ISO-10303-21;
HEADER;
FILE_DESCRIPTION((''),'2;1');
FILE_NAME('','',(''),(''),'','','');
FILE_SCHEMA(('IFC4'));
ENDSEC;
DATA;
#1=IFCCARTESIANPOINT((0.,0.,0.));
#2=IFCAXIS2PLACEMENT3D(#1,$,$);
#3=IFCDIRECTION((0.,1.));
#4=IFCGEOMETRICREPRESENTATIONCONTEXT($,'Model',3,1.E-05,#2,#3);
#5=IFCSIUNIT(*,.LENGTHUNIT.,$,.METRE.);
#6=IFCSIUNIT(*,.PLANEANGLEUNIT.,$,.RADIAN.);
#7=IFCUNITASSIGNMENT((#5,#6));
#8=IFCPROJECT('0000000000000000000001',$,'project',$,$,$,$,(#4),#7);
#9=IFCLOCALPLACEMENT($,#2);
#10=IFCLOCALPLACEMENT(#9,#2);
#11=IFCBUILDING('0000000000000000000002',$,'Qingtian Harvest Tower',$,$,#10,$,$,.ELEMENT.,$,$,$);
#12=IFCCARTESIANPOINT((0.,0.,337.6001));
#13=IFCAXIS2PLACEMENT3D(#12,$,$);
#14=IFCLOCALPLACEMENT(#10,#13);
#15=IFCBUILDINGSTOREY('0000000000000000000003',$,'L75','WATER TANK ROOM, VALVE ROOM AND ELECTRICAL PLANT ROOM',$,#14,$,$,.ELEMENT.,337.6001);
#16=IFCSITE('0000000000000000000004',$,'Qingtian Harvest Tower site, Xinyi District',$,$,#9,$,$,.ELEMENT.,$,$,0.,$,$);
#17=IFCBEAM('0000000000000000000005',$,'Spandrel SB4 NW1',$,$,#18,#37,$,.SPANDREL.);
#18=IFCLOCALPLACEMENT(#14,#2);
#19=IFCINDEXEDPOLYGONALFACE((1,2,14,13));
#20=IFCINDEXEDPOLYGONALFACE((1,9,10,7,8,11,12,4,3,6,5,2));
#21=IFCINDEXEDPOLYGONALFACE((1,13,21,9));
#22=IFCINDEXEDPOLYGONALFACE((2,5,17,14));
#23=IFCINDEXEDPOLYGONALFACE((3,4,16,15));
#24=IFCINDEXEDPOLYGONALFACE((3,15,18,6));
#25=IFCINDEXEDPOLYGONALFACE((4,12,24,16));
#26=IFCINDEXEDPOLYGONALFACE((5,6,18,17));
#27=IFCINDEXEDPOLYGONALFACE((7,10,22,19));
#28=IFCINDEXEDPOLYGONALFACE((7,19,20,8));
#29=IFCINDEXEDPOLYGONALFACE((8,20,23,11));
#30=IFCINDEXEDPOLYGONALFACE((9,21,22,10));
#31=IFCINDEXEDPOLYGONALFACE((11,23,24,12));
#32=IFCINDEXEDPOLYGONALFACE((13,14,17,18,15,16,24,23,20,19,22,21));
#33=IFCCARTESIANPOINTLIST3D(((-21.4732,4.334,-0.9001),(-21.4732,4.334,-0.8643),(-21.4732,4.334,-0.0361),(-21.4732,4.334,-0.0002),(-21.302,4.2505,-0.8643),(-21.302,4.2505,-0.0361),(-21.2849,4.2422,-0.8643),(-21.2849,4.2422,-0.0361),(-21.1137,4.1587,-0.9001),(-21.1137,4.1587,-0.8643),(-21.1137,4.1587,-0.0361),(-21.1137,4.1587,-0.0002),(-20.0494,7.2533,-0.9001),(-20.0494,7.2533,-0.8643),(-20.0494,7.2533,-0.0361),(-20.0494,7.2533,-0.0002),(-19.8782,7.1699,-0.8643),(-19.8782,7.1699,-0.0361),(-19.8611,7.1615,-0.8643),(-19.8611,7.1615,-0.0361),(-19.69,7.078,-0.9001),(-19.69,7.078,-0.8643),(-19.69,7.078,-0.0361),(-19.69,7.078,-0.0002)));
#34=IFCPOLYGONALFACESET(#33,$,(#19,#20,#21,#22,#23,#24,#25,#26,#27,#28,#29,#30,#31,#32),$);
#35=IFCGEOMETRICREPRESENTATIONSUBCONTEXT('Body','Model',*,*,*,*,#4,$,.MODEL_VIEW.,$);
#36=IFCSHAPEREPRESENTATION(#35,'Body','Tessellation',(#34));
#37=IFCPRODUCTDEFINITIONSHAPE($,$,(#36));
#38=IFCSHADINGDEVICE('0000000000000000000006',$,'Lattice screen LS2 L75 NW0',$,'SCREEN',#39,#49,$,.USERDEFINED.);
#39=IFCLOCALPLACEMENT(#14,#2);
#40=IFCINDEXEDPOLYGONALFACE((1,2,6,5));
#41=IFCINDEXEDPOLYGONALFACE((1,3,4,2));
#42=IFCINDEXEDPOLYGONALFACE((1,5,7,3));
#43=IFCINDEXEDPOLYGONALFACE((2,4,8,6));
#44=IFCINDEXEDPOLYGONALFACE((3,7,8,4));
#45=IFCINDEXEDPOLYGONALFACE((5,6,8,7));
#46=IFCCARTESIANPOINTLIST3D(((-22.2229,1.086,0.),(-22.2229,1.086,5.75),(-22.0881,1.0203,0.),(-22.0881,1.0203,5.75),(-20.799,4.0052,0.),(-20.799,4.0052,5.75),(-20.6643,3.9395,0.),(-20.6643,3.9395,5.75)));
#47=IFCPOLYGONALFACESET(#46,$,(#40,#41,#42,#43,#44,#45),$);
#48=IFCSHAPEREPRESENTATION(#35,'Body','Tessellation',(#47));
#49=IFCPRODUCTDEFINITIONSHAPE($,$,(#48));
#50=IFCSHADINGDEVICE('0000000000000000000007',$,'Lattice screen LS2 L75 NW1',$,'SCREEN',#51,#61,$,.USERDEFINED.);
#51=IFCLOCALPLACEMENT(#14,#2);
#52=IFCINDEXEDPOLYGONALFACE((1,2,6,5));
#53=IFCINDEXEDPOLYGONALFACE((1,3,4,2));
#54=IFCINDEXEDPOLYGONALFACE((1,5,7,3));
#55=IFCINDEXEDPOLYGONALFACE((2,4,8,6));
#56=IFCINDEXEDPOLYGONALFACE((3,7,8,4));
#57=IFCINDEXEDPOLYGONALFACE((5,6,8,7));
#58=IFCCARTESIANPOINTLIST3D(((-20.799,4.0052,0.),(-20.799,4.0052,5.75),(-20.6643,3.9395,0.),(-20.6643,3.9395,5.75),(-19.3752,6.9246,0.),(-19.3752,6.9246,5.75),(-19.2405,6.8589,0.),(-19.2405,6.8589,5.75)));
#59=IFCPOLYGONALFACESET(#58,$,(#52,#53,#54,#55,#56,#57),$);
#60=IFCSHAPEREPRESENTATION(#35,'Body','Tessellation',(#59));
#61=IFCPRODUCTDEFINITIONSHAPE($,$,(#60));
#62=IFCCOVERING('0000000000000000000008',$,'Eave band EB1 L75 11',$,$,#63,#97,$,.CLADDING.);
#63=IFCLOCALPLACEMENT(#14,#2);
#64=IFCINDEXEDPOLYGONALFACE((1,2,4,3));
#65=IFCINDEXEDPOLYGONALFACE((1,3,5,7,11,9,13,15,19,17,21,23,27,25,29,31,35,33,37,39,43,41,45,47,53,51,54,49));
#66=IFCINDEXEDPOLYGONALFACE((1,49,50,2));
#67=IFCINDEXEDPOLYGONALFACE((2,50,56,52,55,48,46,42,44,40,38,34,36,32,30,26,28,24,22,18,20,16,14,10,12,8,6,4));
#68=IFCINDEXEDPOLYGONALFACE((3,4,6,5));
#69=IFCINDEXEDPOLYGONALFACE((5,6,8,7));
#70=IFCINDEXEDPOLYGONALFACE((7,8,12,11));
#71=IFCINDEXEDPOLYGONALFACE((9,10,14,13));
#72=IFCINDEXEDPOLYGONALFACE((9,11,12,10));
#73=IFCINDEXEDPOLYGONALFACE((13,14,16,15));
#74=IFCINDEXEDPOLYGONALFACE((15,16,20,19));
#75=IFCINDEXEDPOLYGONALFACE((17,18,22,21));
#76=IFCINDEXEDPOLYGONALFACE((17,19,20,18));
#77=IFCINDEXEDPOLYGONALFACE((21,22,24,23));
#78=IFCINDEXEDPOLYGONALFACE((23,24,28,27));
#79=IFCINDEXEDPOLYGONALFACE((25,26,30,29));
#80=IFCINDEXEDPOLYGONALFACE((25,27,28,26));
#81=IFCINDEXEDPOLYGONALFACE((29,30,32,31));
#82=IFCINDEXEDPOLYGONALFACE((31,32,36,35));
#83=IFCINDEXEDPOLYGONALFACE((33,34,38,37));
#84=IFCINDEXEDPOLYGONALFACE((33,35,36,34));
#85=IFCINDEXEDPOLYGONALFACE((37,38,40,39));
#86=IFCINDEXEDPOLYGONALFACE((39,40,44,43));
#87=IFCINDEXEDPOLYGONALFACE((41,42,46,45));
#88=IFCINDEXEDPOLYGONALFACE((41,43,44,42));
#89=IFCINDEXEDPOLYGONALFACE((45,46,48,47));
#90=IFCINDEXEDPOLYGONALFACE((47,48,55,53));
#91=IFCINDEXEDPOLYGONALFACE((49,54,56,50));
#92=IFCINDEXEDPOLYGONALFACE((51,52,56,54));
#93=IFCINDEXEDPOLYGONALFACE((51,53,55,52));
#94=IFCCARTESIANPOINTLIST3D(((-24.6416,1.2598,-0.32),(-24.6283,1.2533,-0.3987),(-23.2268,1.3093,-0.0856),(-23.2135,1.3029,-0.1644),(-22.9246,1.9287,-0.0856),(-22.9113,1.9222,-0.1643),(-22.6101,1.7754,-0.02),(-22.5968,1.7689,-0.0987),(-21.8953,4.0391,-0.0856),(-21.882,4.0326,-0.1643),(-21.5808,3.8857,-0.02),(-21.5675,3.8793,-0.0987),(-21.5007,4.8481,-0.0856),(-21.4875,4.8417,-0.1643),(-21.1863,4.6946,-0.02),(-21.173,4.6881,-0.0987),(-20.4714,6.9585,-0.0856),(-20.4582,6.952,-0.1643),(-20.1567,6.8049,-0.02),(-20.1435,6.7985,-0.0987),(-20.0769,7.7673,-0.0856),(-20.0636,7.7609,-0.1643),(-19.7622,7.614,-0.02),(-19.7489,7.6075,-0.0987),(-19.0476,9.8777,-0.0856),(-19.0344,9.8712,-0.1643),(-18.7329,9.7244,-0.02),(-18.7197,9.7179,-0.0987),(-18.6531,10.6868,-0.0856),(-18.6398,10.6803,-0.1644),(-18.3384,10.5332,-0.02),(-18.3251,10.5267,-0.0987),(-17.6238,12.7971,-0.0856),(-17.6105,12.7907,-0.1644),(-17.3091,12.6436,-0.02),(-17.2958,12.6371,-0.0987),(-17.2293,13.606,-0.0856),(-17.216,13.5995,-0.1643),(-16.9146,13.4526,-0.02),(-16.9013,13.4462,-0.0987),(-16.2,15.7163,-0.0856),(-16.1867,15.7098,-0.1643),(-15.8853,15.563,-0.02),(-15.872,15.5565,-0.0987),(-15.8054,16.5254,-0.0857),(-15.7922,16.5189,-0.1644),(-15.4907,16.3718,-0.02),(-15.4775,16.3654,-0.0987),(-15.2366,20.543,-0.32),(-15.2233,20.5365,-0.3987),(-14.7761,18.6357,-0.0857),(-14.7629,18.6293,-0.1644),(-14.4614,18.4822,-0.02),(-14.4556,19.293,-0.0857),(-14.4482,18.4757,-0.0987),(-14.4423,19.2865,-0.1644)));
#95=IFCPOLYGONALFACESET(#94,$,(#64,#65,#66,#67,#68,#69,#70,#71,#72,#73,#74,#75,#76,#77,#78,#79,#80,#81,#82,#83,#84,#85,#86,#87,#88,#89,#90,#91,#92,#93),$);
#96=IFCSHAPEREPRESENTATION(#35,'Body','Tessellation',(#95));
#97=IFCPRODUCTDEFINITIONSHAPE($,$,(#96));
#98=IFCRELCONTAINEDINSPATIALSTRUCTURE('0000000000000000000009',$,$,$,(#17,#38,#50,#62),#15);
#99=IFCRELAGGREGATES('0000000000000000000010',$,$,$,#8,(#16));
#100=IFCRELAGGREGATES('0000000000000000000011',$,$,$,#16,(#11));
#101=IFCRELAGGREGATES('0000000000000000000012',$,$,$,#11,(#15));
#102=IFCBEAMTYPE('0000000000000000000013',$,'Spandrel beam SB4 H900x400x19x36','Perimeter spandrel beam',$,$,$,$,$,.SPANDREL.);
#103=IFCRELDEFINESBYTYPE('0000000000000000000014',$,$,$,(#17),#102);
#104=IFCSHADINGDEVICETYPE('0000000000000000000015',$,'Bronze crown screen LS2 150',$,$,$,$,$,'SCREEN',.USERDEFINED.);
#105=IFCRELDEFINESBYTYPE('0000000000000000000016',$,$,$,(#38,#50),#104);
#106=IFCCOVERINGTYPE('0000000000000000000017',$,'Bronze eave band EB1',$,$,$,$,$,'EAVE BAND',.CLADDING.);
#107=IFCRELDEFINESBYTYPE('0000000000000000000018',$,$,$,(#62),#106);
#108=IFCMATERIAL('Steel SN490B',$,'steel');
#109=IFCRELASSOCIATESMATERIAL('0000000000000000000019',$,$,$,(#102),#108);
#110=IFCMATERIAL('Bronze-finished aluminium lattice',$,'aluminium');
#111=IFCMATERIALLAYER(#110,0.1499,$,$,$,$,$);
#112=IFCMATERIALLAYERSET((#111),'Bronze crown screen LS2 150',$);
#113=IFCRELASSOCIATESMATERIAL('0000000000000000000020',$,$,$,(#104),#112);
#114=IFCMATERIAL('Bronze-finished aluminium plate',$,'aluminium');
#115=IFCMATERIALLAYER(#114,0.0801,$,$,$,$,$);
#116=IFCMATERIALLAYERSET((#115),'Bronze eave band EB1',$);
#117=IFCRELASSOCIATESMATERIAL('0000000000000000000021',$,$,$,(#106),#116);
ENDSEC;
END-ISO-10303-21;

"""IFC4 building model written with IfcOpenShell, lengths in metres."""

from ifc_helpers import new_model, si_unit, direction, frame, origin, origin_2d, place, context, subcontext, project, spatial, polyline, i_section, outline, extrude, material, layer, layer_set, material_profile, profile_set, type_object, element, save


model = new_model("IFC4")

# Units and contexts
model_context = context("Model", 3, precision=1e-05, world=origin(), true_north=direction((0.0, 1.0)))
body_context = subcontext(model_context, "Body", "Model", "MODEL_VIEW")
ifc_project = project(units=[si_unit("LENGTHUNIT", "METRE"), si_unit("PLANEANGLEUNIT", "RADIAN")], contexts=[model_context])

# Site, building, storey
site_placement = place(None, origin())
site = spatial("IfcSite", under=ifc_project, at=site_placement, Name="Qingtian Harvest Tower site, Xinyi District", CompositionType="ELEMENT", RefElevation=0.0)
building_placement = place(site_placement, origin())
building = spatial("IfcBuilding", under=site, at=building_placement, Name="Qingtian Harvest Tower", CompositionType="ELEMENT")
storey_placement = place(building_placement, frame((0.0, 0.0, 337.6001)))
storey = spatial("IfcBuildingStorey", under=building, at=storey_placement, Name="L75", Description="WATER TANK ROOM, VALVE ROOM AND ELECTRICAL PLANT ROOM", CompositionType="ELEMENT", Elevation=337.6001)

# Beam
ifc_material_1 = material(Name="Steel SN490B", Category="steel")
ifc_material_profile_1 = material_profile(ifc_material_1, i_section(OverallWidth=0.3999, OverallDepth=0.8999, WebThickness=0.019, FlangeThickness=0.0359, at=origin_2d()), Name="H900x400x19x36")
ifc_profile_set_1 = profile_set([ifc_material_profile_1], Name="Steel SN490B")
beam_type_1 = type_object("IfcBeamType", Name="Spandrel beam SB4 H900x400x19x36", Description="Perimeter spandrel beam", PredefinedType="SPANDREL", material=ifc_profile_set_1)
beam_1_placement = place(storey_placement, frame((-21.2935, 4.2463, -0.4502), z_axis=(0.438353, 0.898803, 0.0), x_axis=(-0.898803, 0.438353, 0.0)))
element("IfcBeam", 1, at=beam_1_placement, inside=storey, type_object=beam_type_1, Name="Spandrel SB4 NW1", PredefinedType="SPANDREL", context=body_context, shape_type="SweptSolid", body=[
    extrude(i_section(OverallWidth=0.3999, OverallDepth=0.8999, WebThickness=0.019, FlangeThickness=0.0359, at=origin_2d()), origin(), (0.0, 0.0, 1.0), 3.248),
])

# Shading devices
ifc_material_2 = material(Name="Bronze-finished aluminium lattice", Category="aluminium")
ifc_layer_1 = layer(ifc_material_2, 0.1499)
ifc_layer_set_1 = layer_set([ifc_layer_1], Name="Bronze crown screen LS2 150")
shading_device_type = type_object("IfcShadingDeviceType", Name="Bronze crown screen LS2 150", ElementType="SCREEN", PredefinedType="USERDEFINED", material=ifc_layer_set_1)
shading_device_1_placement = place(storey_placement, frame((-22.0881, 1.0203, 0.0), z_axis=(0.898789, -0.438382, 0.0), x_axis=(0.438382, 0.898789, 0.0)))
element("IfcShadingDevice", 2, at=shading_device_1_placement, inside=storey, type_object=shading_device_type, Name="Lattice screen LS2 L75 NW0", ObjectType="SCREEN", PredefinedType="USERDEFINED", context=body_context, shape_type="SweptSolid", body=[
    extrude(outline(polyline([(0.0, 0.0), (3.2479, 0.0), (3.2479, 5.75), (0.0, 5.75), (0.0, 0.0)])), origin(), (0.0, 0.0, -1.0), 0.1499),
])
shading_device_2_placement = place(storey_placement, frame((-20.6643, 3.9395, 0.0), z_axis=(0.898803, -0.438353, 0.0), x_axis=(0.438353, 0.898803, 0.0)))
element("IfcShadingDevice", 3, at=shading_device_2_placement, inside=storey, type_object=shading_device_type, Name="Lattice screen LS2 L75 NW1", ObjectType="SCREEN", PredefinedType="USERDEFINED", context=body_context, shape_type="SweptSolid", body=[
    extrude(outline(polyline([(0.0, 0.0), (3.2481, 0.0), (3.2481, 5.75), (0.0, 5.75), (0.0, 0.0)])), origin(), (0.0, 0.0, -1.0), 0.1499),
])

# Covering
ifc_material_3 = material(Name="Bronze-finished aluminium plate", Category="aluminium")
ifc_layer_2 = layer(ifc_material_3, 0.0801)
ifc_layer_set_2 = layer_set([ifc_layer_2], Name="Bronze eave band EB1")
covering_type = type_object("IfcCoveringType", Name="Bronze eave band EB1", ElementType="EAVE BAND", PredefinedType="CLADDING", material=ifc_layer_set_2)
covering_placement = place(storey_placement, frame((-22.6101, 1.7754, -0.02), z_axis=(-0.165656, 0.080796, 0.982868), x_axis=(-0.88345, 0.430751, -0.184309)))
element("IfcCovering", 4, at=covering_placement, inside=storey, type_object=covering_type, Name="Eave band EB1 L75 11", PredefinedType="CLADDING", context=body_context, shape_type="SweptSolid", body=[
    extrude(outline(polyline([(0.0, 0.0), (0.356, 0.0), (0.3562, 0.6892), (1.6279, 1.3538), (1.6253, -20.1007), (0.3537, -19.3195), (0.3538, -18.5882), (-0.0025, -18.5881), (-0.0022, -16.2401), (0.3541, -16.2402), (0.3541, -15.3401), (-0.0021, -15.3402), (-0.0018, -12.9922), (0.3544, -12.9921), (0.3545, -12.0922), (-0.0017, -12.0921), (-0.0014, -9.7441), (0.3548, -9.7442), (0.3549, -8.844), (-0.0013, -8.8441), (-0.001, -6.4962), (0.3552, -6.496), (0.3553, -5.5961), (-0.001, -5.596), (-0.0004, -3.2479), (0.3556, -3.2481), (0.3557, -2.348), (-0.0003, -2.348), (0.0, 0.0)])), origin(), (0.0, 0.0, -1.0), 0.0801),
])

save(model, "model.ifc")
